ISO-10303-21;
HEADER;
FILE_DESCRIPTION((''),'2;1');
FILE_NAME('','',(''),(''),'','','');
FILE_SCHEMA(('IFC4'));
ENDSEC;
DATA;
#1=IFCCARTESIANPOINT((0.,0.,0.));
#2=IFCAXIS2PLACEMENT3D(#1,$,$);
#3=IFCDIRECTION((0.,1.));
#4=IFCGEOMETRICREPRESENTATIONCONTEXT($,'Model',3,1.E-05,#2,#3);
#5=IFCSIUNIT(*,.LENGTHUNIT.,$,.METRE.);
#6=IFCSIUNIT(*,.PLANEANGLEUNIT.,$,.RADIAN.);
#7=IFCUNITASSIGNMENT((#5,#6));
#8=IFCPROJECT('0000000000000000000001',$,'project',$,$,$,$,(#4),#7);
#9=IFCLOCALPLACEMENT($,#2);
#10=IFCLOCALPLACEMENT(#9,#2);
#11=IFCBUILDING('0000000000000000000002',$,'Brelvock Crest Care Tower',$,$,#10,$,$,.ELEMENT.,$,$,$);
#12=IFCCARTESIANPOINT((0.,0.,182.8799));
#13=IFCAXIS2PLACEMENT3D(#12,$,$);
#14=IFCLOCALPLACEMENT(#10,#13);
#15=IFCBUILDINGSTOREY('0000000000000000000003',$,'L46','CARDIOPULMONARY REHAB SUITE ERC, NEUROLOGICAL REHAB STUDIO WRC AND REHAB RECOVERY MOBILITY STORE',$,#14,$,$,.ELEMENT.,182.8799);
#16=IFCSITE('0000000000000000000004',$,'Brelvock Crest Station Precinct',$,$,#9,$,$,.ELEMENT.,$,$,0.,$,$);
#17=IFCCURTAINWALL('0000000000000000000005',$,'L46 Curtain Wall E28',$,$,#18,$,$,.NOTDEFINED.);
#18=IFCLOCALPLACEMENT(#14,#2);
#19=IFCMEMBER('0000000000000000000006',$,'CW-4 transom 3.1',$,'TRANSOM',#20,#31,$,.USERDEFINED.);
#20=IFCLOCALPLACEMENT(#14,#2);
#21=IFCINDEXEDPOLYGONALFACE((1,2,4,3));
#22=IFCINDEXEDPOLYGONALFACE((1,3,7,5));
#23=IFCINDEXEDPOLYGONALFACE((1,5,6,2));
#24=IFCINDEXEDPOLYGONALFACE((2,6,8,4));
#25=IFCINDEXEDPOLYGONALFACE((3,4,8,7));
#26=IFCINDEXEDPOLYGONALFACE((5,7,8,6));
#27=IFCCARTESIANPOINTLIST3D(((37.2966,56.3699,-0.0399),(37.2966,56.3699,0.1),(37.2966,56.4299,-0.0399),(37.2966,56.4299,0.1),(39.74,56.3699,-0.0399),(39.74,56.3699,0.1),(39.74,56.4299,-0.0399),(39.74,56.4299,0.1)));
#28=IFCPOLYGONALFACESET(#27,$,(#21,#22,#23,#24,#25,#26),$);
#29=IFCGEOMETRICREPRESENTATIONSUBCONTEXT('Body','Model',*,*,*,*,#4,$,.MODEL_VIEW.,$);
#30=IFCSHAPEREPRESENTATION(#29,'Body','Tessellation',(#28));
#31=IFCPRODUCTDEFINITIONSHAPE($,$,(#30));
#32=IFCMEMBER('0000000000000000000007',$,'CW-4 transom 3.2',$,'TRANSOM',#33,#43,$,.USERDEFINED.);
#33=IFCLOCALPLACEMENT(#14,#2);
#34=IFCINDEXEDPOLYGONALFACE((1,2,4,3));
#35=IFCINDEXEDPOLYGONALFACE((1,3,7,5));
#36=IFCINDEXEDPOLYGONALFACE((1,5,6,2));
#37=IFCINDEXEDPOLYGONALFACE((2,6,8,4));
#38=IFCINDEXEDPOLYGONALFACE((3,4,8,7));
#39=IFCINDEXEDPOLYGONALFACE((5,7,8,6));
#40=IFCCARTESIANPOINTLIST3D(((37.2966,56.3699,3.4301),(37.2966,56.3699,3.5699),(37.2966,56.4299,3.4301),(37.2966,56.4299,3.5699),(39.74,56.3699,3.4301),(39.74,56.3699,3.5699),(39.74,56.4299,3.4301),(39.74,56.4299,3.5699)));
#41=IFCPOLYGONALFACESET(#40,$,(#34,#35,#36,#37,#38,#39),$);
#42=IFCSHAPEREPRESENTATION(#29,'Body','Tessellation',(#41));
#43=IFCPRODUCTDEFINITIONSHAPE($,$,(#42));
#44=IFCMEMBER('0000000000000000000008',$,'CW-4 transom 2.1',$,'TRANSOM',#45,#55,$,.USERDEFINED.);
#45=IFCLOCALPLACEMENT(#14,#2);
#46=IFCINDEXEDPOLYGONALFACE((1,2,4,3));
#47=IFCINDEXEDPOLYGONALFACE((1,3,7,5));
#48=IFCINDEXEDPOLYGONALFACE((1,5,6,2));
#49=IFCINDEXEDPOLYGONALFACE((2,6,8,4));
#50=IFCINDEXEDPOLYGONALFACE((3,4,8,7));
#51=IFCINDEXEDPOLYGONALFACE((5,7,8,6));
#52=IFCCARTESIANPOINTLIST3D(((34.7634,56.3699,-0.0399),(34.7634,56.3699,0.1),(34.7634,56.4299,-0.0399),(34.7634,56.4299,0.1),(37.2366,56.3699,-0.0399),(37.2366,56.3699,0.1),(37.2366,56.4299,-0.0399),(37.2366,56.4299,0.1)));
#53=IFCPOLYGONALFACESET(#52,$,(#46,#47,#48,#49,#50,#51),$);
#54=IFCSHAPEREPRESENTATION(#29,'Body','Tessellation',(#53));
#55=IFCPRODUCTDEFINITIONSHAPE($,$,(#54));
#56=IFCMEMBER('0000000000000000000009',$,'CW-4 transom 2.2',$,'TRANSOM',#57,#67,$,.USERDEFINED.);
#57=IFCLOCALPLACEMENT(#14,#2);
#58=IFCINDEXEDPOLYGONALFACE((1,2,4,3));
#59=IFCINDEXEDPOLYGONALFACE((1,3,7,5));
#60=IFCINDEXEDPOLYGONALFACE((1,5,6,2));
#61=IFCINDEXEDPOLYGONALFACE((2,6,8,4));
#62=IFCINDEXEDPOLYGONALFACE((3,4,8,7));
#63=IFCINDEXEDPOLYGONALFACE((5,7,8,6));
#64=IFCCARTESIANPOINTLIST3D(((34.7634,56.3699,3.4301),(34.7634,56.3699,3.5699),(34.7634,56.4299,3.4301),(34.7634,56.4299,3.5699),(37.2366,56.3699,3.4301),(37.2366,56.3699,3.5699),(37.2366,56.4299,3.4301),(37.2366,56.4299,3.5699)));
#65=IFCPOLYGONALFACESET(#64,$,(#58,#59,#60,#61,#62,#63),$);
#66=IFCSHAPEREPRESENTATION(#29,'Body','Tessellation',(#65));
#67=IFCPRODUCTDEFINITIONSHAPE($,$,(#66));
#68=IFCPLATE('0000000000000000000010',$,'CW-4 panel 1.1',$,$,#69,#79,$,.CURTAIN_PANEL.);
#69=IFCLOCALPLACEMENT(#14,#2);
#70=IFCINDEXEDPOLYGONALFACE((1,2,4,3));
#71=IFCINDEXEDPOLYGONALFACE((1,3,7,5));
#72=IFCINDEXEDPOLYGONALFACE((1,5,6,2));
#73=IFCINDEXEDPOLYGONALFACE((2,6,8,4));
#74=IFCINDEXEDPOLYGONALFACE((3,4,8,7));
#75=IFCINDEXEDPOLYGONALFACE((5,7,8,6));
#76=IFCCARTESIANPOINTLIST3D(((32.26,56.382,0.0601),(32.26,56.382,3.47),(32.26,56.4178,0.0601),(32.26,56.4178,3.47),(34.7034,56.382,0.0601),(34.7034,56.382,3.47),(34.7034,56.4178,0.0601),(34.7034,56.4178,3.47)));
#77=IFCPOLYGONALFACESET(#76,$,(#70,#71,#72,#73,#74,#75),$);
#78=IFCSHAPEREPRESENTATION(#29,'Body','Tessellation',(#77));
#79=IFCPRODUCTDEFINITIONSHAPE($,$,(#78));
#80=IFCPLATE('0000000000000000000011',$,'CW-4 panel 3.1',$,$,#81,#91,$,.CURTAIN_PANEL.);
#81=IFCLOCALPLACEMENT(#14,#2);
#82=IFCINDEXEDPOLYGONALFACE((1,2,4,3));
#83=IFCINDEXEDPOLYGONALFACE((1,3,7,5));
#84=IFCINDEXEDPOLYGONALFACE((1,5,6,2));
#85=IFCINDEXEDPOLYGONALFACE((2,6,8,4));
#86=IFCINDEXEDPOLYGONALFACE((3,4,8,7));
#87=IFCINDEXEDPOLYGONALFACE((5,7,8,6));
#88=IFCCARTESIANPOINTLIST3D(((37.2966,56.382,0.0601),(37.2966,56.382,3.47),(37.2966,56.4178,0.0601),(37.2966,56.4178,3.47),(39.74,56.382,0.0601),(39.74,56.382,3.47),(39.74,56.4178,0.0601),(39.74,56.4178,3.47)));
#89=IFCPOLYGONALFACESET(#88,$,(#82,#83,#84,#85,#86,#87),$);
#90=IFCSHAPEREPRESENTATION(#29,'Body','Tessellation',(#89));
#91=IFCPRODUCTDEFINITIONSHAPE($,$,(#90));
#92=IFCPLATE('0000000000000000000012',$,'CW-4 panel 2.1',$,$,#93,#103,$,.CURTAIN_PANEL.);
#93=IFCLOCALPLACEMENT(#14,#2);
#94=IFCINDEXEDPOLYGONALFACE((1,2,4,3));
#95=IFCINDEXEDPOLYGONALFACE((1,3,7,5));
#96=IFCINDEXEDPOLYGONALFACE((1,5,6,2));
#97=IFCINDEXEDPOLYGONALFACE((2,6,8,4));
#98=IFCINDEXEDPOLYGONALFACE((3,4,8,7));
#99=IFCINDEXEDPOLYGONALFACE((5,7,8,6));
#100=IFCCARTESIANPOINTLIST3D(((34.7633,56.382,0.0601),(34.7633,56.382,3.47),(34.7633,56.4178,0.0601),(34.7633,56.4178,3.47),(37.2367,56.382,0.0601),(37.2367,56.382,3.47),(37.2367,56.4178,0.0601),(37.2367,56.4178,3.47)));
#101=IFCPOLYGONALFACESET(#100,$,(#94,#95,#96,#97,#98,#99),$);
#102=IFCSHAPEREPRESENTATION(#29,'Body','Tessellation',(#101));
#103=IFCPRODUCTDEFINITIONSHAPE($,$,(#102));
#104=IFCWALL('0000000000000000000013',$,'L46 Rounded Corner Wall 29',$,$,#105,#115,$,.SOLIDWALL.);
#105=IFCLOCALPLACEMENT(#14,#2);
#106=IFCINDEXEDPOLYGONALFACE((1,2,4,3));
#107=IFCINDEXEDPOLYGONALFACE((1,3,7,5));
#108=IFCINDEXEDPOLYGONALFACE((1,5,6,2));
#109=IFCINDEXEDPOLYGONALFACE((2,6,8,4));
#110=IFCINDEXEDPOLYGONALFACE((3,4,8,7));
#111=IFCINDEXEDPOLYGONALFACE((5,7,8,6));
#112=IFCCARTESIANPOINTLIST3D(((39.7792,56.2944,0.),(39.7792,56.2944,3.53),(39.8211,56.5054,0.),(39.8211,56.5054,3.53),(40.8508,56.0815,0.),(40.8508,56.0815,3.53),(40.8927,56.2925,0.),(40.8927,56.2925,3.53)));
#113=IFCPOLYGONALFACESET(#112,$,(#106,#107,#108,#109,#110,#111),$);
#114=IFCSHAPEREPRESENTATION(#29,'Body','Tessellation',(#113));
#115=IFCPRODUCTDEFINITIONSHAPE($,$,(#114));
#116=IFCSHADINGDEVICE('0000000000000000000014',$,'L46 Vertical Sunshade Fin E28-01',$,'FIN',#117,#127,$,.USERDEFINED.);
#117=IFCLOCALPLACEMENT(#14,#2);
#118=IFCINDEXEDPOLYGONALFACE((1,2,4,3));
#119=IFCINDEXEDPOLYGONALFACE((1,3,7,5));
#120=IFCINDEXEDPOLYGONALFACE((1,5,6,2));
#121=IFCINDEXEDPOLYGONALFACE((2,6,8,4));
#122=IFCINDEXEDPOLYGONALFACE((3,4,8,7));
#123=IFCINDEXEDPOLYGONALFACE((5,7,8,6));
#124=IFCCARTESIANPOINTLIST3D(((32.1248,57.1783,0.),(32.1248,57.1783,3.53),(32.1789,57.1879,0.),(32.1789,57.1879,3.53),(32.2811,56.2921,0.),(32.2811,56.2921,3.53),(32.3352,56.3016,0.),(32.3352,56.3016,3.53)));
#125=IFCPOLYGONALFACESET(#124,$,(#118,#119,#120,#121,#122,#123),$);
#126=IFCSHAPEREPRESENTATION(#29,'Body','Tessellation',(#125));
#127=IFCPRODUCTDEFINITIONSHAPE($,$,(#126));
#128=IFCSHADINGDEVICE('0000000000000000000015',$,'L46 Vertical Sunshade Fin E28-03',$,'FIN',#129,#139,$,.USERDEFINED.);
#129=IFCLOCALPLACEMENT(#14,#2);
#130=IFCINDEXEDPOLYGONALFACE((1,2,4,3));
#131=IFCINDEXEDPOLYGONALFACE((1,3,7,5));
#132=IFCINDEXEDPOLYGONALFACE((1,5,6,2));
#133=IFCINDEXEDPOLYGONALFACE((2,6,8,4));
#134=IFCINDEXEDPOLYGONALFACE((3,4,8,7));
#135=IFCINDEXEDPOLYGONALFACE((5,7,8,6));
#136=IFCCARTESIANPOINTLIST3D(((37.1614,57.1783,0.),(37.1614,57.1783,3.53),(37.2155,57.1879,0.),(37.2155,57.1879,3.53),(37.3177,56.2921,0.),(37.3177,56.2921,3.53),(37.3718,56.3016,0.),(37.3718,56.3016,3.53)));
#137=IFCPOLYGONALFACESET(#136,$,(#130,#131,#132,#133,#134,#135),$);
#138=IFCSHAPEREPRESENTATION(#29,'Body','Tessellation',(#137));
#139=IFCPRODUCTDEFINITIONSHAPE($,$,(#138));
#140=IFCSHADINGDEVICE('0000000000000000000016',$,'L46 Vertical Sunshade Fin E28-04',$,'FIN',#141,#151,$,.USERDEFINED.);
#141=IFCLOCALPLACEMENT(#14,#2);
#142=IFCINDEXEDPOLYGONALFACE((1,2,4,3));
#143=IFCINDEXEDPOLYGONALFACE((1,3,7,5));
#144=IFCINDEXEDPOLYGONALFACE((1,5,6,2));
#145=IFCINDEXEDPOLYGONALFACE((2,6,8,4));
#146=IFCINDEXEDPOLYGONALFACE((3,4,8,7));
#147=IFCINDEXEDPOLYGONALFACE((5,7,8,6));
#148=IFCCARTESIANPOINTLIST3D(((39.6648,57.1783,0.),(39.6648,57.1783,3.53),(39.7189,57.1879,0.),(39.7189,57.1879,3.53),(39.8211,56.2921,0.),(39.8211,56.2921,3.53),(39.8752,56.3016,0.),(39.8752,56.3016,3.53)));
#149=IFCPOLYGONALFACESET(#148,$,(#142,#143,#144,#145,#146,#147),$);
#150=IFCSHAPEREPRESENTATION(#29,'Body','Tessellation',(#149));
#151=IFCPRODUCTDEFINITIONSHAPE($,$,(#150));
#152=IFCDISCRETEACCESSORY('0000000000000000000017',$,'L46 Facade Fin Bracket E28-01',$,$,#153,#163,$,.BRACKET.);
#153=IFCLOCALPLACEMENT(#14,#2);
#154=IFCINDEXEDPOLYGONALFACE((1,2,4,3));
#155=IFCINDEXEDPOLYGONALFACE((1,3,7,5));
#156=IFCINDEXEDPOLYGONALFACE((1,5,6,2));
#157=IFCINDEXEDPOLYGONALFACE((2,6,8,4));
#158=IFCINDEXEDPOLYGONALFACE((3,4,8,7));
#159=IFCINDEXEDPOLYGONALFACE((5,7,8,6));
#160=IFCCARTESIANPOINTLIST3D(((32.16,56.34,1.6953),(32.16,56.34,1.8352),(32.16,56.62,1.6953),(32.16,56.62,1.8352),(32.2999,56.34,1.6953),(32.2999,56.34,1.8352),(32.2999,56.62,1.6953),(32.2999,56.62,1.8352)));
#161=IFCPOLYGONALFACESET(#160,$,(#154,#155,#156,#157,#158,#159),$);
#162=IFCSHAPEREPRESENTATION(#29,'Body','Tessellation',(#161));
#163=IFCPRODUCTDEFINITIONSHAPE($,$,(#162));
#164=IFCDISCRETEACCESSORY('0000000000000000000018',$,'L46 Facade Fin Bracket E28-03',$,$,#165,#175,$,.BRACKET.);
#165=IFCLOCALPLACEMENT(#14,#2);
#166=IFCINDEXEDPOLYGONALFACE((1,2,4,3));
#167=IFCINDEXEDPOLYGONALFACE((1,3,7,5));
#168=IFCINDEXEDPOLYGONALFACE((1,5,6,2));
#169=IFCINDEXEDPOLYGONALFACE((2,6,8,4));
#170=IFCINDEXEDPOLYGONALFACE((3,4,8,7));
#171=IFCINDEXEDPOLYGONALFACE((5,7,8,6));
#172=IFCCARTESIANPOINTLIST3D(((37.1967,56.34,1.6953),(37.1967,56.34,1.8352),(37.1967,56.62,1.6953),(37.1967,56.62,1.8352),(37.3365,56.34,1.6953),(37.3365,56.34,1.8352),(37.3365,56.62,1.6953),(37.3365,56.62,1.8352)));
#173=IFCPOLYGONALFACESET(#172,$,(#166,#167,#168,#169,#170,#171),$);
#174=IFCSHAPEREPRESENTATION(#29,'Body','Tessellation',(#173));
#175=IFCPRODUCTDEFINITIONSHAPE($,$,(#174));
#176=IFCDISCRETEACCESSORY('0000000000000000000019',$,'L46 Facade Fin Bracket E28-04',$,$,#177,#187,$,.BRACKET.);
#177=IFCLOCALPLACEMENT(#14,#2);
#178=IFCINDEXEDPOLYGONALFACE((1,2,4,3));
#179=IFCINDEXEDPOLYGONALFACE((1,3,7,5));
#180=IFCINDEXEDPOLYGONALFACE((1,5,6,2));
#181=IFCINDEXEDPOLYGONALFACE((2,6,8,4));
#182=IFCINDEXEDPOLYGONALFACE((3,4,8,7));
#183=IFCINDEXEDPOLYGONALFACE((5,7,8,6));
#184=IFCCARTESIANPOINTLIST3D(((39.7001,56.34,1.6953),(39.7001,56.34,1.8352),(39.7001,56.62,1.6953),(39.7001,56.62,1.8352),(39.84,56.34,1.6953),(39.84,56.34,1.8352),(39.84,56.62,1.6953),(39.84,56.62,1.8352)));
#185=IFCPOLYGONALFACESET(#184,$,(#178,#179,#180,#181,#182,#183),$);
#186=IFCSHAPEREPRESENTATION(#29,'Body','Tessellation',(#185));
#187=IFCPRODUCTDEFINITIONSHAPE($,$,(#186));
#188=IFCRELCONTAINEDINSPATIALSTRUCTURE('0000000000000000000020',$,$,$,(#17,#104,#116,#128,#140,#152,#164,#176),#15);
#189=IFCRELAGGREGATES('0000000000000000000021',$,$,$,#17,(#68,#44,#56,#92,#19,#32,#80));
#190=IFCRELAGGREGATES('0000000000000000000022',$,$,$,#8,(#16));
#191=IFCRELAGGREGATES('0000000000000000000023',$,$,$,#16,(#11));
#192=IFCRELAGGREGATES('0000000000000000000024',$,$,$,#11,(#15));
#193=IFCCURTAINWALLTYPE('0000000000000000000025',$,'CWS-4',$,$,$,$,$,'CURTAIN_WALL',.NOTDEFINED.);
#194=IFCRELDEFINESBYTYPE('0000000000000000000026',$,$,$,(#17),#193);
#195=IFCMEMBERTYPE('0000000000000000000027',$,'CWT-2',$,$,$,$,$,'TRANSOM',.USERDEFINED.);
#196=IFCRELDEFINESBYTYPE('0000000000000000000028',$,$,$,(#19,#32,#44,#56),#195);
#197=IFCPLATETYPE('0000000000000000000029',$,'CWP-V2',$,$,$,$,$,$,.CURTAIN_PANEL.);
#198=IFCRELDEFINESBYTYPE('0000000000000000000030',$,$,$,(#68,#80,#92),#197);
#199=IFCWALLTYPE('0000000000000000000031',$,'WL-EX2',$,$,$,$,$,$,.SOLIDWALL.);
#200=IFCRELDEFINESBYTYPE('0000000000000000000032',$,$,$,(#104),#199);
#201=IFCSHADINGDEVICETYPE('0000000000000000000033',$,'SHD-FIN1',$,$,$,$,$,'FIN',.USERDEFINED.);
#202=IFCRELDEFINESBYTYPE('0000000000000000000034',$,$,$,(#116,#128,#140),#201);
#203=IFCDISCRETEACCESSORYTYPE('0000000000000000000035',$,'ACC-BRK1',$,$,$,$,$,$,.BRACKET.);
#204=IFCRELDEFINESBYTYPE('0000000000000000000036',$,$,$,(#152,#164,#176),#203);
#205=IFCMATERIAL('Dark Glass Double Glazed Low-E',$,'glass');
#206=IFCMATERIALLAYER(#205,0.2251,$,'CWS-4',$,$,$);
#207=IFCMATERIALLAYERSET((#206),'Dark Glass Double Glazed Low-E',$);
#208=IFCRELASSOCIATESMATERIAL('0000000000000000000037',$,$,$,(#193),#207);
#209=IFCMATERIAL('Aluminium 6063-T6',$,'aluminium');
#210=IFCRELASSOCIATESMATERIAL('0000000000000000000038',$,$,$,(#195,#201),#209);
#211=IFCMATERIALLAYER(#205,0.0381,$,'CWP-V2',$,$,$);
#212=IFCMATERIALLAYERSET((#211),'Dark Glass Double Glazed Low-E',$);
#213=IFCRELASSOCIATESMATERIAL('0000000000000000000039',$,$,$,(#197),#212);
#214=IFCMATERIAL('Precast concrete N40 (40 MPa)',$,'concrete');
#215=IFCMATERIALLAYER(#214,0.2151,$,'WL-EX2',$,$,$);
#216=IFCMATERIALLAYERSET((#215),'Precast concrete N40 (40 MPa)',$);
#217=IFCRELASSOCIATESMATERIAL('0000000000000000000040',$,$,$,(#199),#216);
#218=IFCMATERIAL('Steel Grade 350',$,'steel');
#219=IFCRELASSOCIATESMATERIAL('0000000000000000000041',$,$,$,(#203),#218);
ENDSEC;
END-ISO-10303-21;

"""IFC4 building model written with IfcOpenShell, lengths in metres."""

from ifc_helpers import new_model, si_unit, direction, frame, frame_2d, origin, origin_2d, place, context, subcontext, project, spatial, rectangle, extrude, source, transform, mapped, material, layer, layer_set, material_profile, profile_set, type_object, element, aggregate, save


model = new_model("IFC4")

# Units and contexts
model_context = context("Model", 3, precision=1e-05, world=origin(), true_north=direction((0.0, 1.0)))
body_context = subcontext(model_context, "Body", "Model", "MODEL_VIEW")
ifc_project = project(units=[si_unit("LENGTHUNIT", "METRE"), si_unit("PLANEANGLEUNIT", "RADIAN")], contexts=[model_context])

# Site, building, storey
site_placement = place(None, origin())
site = spatial("IfcSite", under=ifc_project, at=site_placement, Name="Brelvock Crest Station Precinct", CompositionType="ELEMENT", RefElevation=0.0)
building_placement = place(site_placement, origin())
building = spatial("IfcBuilding", under=site, at=building_placement, Name="Brelvock Crest Care Tower", CompositionType="ELEMENT")
storey_placement = place(building_placement, frame((0.0, 0.0, 182.8799)))
storey = spatial("IfcBuildingStorey", under=building, at=storey_placement, Name="L46", Description="CARDIOPULMONARY REHAB SUITE ERC, NEUROLOGICAL REHAB STUDIO WRC AND REHAB RECOVERY MOBILITY STORE", CompositionType="ELEMENT", Elevation=182.8799)

# Shared definitions
ifc_material_1 = material(Name="Steel Grade 350", Category="steel")

# Curtain wall, members, plates
ifc_material_2 = material(Name="Dark Glass Double Glazed Low-E", Category="glass")
ifc_layer_1 = layer(ifc_material_2, 0.2251, Name="CWS-4")
ifc_layer_set_1 = layer_set([ifc_layer_1], Name="Dark Glass Double Glazed Low-E")
curtain_wall_type = type_object("IfcCurtainWallType", Name="CWS-4", ElementType="CURTAIN_WALL", PredefinedType="NOTDEFINED", material=ifc_layer_set_1)
curtain_wall_placement = place(storey_placement, origin())
curtain_wall = element("IfcCurtainWall", 1, at=curtain_wall_placement, inside=storey, type_object=curtain_wall_type, Name="L46 Curtain Wall E28", PredefinedType="NOTDEFINED")
ifc_material_3 = material(Name="Aluminium 6063-T6", Category="aluminium")
ifc_material_profile_1 = material_profile(ifc_material_3, rectangle(XDim=0.0601, YDim=0.1399, at=origin_2d()), Name="ALU60x140")
ifc_profile_set_1 = profile_set([ifc_material_profile_1], Name="Aluminium 6063-T6")
member_type_1 = type_object("IfcMemberType", Name="CWT-2", ElementType="TRANSOM", PredefinedType="USERDEFINED", material=ifc_profile_set_1)
shared_shape_1 = source(origin(), body_context, "Body", "SweptSolid", [
    extrude(rectangle(XDim=0.0601, YDim=0.1399, at=origin_2d()), origin(), (0.0, 0.0, 1.0), 2.4434),
])
member_1_placement = place(storey_placement, frame((37.2966, 56.3999, 0.03), z_axis=(1.0, 0.0, 0.0), x_axis=(0.0, 1.0, 0.0)))
member_1 = element("IfcMember", 2, at=member_1_placement, type_object=member_type_1, Name="CW-4 transom 3.1", ObjectType="TRANSOM", PredefinedType="USERDEFINED", context=body_context, shape_type="MappedRepresentation", body=[
    mapped(shared_shape_1, transform((0.0, 0.0, 0.0), x_axis=(1.0, 0.0, 0.0), y_axis=(0.0, 1.0, 0.0), z_axis=(0.0, 0.0, 1.0), scale=1.0)),
])
member_2_placement = place(storey_placement, frame((37.2966, 56.3999, 3.5), z_axis=(1.0, 0.0, 0.0), x_axis=(0.0, 1.0, 0.0)))
member_2 = element("IfcMember", 3, at=member_2_placement, type_object=member_type_1, Name="CW-4 transom 3.2", ObjectType="TRANSOM", PredefinedType="USERDEFINED", context=body_context, shape_type="MappedRepresentation", body=[
    mapped(shared_shape_1, transform((0.0, 0.0, 0.0), x_axis=(1.0, 0.0, 0.0), y_axis=(0.0, 1.0, 0.0), z_axis=(0.0, 0.0, 1.0), scale=1.0)),
])
shared_shape_2 = source(origin(), body_context, "Body", "SweptSolid", [
    extrude(rectangle(XDim=0.0601, YDim=0.1399, at=origin_2d()), origin(), (0.0, 0.0, 1.0), 2.4731),
])
member_3_placement = place(storey_placement, frame((34.7634, 56.3999, 0.03), z_axis=(1.0, 0.0, 0.0), x_axis=(0.0, 1.0, 0.0)))
member_3 = element("IfcMember", 4, at=member_3_placement, type_object=member_type_1, Name="CW-4 transom 2.1", ObjectType="TRANSOM", PredefinedType="USERDEFINED", context=body_context, shape_type="MappedRepresentation", body=[
    mapped(shared_shape_2, transform((0.0, 0.0, 0.0), x_axis=(1.0, 0.0, 0.0), y_axis=(0.0, 1.0, 0.0), z_axis=(0.0, 0.0, 1.0), scale=1.0)),
])
member_4_placement = place(storey_placement, frame((34.7634, 56.3999, 3.5), z_axis=(1.0, 0.0, 0.0), x_axis=(0.0, 1.0, 0.0)))
member_4 = element("IfcMember", 5, at=member_4_placement, type_object=member_type_1, Name="CW-4 transom 2.2", ObjectType="TRANSOM", PredefinedType="USERDEFINED", context=body_context, shape_type="MappedRepresentation", body=[
    mapped(shared_shape_2, transform((0.0, 0.0, 0.0), x_axis=(1.0, 0.0, 0.0), y_axis=(0.0, 1.0, 0.0), z_axis=(0.0, 0.0, 1.0), scale=1.0)),
])
ifc_layer_2 = layer(ifc_material_2, 0.0381, Name="CWP-V2")
ifc_layer_set_2 = layer_set([ifc_layer_2], Name="Dark Glass Double Glazed Low-E")
plate_type = type_object("IfcPlateType", Name="CWP-V2", PredefinedType="CURTAIN_PANEL", material=ifc_layer_set_2)
shared_shape_3 = source(origin(), body_context, "Body", "SweptSolid", [
    extrude(rectangle(XDim=2.4434, YDim=0.0359, at=origin_2d()), origin(), (0.0, 0.0, 1.0), 3.4099),
])
plate_1_placement = place(storey_placement, frame((33.4817, 56.3999, 0.0601), z_axis=(0.0, 0.0, 1.0), x_axis=(1.0, 0.0, 0.0)))
plate_1 = element("IfcPlate", 6, at=plate_1_placement, type_object=plate_type, Name="CW-4 panel 1.1", PredefinedType="CURTAIN_PANEL", context=body_context, shape_type="MappedRepresentation", body=[
    mapped(shared_shape_3, transform((0.0, 0.0, 0.0), x_axis=(1.0, 0.0, 0.0), y_axis=(0.0, 1.0, 0.0), z_axis=(0.0, 0.0, 1.0), scale=1.0)),
])
plate_2_placement = place(storey_placement, frame((38.5183, 56.3999, 0.0601), z_axis=(0.0, 0.0, 1.0), x_axis=(1.0, 0.0, 0.0)))
plate_2 = element("IfcPlate", 7, at=plate_2_placement, type_object=plate_type, Name="CW-4 panel 3.1", PredefinedType="CURTAIN_PANEL", context=body_context, shape_type="MappedRepresentation", body=[
    mapped(shared_shape_3, transform((0.0, 0.0, 0.0), x_axis=(1.0, 0.0, 0.0), y_axis=(0.0, 1.0, 0.0), z_axis=(0.0, 0.0, 1.0), scale=1.0)),
])
shared_shape_4 = source(origin(), body_context, "Body", "SweptSolid", [
    extrude(rectangle(XDim=2.4734, YDim=0.0359, at=origin_2d()), origin(), (0.0, 0.0, 1.0), 3.4099),
])
plate_3_placement = place(storey_placement, frame((36.0, 56.3999, 0.0601), z_axis=(0.0, 0.0, 1.0), x_axis=(1.0, 0.0, 0.0)))
plate_3 = element("IfcPlate", 8, at=plate_3_placement, type_object=plate_type, Name="CW-4 panel 2.1", PredefinedType="CURTAIN_PANEL", context=body_context, shape_type="MappedRepresentation", body=[
    mapped(shared_shape_4, transform((0.0, 0.0, 0.0), x_axis=(1.0, 0.0, 0.0), y_axis=(0.0, 1.0, 0.0), z_axis=(0.0, 0.0, 1.0), scale=1.0)),
])
aggregate(curtain_wall, [plate_1, member_3, member_4, plate_3, member_1, member_2, plate_2])

# Wall
ifc_material_4 = material(Name="Precast concrete N40 (40 MPa)", Category="concrete")
ifc_layer_3 = layer(ifc_material_4, 0.2151, Name="WL-EX2")
ifc_layer_set_3 = layer_set([ifc_layer_3], Name="Precast concrete N40 (40 MPa)")
wall_type = type_object("IfcWallType", Name="WL-EX2", PredefinedType="SOLIDWALL", material=ifc_layer_set_3)
wall_placement = place(storey_placement, frame((39.8, 56.3999, 0.0), z_axis=(0.0, 0.0, 1.0), x_axis=(0.980829, -0.19487, 0.0)))
element("IfcWall", 9, at=wall_placement, inside=storey, type_object=wall_type, Name="L46 Rounded Corner Wall 29", PredefinedType="SOLIDWALL", context=body_context, shape_type="SweptSolid", body=[
    extrude(rectangle(XDim=1.0925, YDim=0.2151, at=frame_2d((0.5464, 0.0))), origin(), (0.0, 0.0, 1.0), 3.53),
])

# Shading devices
ifc_material_profile_2 = material_profile(ifc_material_3, rectangle(XDim=0.0549, YDim=0.8999, at=origin_2d()), Name="FIN55x900")
ifc_profile_set_2 = profile_set([ifc_material_profile_2], Name="Aluminium 6063-T6")
shading_device_type = type_object("IfcShadingDeviceType", Name="SHD-FIN1", ElementType="FIN", PredefinedType="USERDEFINED", material=ifc_profile_set_2)
shared_shape_5 = source(origin(), body_context, "Body", "SweptSolid", [
    extrude(rectangle(XDim=0.0549, YDim=0.8999, at=origin_2d()), origin(), (0.0, 0.0, 1.0), 3.53),
])
for number, where, z_axis, x_axis, name in (
    (10, (32.23, 56.74, 0.0), (0.0, 0.0, 1.0), (0.984808, 0.173648, 0.0), "L46 Vertical Sunshade Fin E28-01"),
    (11, (37.2666, 56.74, 0.0), (0.0, 0.0, 1.0), (0.984808, 0.173648, 0.0), "L46 Vertical Sunshade Fin E28-03"),
    (12, (39.77, 56.74, 0.0), (0.0, 0.0, 1.0), (0.984808, 0.173648, 0.0), "L46 Vertical Sunshade Fin E28-04"),
):
    element("IfcShadingDevice", number, at=place(storey_placement, frame(where, z_axis=z_axis, x_axis=x_axis)), inside=storey, type_object=shading_device_type, Name=name, ObjectType="FIN", PredefinedType="USERDEFINED", context=body_context, shape_type="MappedRepresentation", body=[
        mapped(shared_shape_5, transform((0.0, 0.0, 0.0), x_axis=(1.0, 0.0, 0.0), y_axis=(0.0, 1.0, 0.0), z_axis=(0.0, 0.0, 1.0), scale=1.0)),
    ])

# Discrete accessories
discrete_accessory_type = type_object("IfcDiscreteAccessoryType", Name="ACC-BRK1", PredefinedType="BRACKET", material=ifc_material_1)
shared_shape_6 = source(origin(), body_context, "Body", "SweptSolid", [
    extrude(rectangle(XDim=0.28, YDim=0.1399, at=origin_2d()), origin(), (0.0, 0.0, 1.0), 0.1399),
])
for number, where, z_axis, x_axis, name in (
    (13, (32.23, 56.48, 1.6953), (0.0, 0.0, 1.0), (0.0, 1.0, 0.0), "L46 Facade Fin Bracket E28-01"),
    (14, (37.2666, 56.48, 1.6953), (0.0, 0.0, 1.0), (0.0, 1.0, 0.0), "L46 Facade Fin Bracket E28-03"),
    (15, (39.77, 56.48, 1.6953), (0.0, 0.0, 1.0), (0.0, 1.0, 0.0), "L46 Facade Fin Bracket E28-04"),
):
    element("IfcDiscreteAccessory", number, at=place(storey_placement, frame(where, z_axis=z_axis, x_axis=x_axis)), inside=storey, type_object=discrete_accessory_type, Name=name, PredefinedType="BRACKET", context=body_context, shape_type="MappedRepresentation", body=[
        mapped(shared_shape_6, transform((0.0, 0.0, 0.0), x_axis=(1.0, 0.0, 0.0), y_axis=(0.0, 1.0, 0.0), z_axis=(0.0, 0.0, 1.0), scale=1.0)),
    ])

save(model, "model.ifc")
